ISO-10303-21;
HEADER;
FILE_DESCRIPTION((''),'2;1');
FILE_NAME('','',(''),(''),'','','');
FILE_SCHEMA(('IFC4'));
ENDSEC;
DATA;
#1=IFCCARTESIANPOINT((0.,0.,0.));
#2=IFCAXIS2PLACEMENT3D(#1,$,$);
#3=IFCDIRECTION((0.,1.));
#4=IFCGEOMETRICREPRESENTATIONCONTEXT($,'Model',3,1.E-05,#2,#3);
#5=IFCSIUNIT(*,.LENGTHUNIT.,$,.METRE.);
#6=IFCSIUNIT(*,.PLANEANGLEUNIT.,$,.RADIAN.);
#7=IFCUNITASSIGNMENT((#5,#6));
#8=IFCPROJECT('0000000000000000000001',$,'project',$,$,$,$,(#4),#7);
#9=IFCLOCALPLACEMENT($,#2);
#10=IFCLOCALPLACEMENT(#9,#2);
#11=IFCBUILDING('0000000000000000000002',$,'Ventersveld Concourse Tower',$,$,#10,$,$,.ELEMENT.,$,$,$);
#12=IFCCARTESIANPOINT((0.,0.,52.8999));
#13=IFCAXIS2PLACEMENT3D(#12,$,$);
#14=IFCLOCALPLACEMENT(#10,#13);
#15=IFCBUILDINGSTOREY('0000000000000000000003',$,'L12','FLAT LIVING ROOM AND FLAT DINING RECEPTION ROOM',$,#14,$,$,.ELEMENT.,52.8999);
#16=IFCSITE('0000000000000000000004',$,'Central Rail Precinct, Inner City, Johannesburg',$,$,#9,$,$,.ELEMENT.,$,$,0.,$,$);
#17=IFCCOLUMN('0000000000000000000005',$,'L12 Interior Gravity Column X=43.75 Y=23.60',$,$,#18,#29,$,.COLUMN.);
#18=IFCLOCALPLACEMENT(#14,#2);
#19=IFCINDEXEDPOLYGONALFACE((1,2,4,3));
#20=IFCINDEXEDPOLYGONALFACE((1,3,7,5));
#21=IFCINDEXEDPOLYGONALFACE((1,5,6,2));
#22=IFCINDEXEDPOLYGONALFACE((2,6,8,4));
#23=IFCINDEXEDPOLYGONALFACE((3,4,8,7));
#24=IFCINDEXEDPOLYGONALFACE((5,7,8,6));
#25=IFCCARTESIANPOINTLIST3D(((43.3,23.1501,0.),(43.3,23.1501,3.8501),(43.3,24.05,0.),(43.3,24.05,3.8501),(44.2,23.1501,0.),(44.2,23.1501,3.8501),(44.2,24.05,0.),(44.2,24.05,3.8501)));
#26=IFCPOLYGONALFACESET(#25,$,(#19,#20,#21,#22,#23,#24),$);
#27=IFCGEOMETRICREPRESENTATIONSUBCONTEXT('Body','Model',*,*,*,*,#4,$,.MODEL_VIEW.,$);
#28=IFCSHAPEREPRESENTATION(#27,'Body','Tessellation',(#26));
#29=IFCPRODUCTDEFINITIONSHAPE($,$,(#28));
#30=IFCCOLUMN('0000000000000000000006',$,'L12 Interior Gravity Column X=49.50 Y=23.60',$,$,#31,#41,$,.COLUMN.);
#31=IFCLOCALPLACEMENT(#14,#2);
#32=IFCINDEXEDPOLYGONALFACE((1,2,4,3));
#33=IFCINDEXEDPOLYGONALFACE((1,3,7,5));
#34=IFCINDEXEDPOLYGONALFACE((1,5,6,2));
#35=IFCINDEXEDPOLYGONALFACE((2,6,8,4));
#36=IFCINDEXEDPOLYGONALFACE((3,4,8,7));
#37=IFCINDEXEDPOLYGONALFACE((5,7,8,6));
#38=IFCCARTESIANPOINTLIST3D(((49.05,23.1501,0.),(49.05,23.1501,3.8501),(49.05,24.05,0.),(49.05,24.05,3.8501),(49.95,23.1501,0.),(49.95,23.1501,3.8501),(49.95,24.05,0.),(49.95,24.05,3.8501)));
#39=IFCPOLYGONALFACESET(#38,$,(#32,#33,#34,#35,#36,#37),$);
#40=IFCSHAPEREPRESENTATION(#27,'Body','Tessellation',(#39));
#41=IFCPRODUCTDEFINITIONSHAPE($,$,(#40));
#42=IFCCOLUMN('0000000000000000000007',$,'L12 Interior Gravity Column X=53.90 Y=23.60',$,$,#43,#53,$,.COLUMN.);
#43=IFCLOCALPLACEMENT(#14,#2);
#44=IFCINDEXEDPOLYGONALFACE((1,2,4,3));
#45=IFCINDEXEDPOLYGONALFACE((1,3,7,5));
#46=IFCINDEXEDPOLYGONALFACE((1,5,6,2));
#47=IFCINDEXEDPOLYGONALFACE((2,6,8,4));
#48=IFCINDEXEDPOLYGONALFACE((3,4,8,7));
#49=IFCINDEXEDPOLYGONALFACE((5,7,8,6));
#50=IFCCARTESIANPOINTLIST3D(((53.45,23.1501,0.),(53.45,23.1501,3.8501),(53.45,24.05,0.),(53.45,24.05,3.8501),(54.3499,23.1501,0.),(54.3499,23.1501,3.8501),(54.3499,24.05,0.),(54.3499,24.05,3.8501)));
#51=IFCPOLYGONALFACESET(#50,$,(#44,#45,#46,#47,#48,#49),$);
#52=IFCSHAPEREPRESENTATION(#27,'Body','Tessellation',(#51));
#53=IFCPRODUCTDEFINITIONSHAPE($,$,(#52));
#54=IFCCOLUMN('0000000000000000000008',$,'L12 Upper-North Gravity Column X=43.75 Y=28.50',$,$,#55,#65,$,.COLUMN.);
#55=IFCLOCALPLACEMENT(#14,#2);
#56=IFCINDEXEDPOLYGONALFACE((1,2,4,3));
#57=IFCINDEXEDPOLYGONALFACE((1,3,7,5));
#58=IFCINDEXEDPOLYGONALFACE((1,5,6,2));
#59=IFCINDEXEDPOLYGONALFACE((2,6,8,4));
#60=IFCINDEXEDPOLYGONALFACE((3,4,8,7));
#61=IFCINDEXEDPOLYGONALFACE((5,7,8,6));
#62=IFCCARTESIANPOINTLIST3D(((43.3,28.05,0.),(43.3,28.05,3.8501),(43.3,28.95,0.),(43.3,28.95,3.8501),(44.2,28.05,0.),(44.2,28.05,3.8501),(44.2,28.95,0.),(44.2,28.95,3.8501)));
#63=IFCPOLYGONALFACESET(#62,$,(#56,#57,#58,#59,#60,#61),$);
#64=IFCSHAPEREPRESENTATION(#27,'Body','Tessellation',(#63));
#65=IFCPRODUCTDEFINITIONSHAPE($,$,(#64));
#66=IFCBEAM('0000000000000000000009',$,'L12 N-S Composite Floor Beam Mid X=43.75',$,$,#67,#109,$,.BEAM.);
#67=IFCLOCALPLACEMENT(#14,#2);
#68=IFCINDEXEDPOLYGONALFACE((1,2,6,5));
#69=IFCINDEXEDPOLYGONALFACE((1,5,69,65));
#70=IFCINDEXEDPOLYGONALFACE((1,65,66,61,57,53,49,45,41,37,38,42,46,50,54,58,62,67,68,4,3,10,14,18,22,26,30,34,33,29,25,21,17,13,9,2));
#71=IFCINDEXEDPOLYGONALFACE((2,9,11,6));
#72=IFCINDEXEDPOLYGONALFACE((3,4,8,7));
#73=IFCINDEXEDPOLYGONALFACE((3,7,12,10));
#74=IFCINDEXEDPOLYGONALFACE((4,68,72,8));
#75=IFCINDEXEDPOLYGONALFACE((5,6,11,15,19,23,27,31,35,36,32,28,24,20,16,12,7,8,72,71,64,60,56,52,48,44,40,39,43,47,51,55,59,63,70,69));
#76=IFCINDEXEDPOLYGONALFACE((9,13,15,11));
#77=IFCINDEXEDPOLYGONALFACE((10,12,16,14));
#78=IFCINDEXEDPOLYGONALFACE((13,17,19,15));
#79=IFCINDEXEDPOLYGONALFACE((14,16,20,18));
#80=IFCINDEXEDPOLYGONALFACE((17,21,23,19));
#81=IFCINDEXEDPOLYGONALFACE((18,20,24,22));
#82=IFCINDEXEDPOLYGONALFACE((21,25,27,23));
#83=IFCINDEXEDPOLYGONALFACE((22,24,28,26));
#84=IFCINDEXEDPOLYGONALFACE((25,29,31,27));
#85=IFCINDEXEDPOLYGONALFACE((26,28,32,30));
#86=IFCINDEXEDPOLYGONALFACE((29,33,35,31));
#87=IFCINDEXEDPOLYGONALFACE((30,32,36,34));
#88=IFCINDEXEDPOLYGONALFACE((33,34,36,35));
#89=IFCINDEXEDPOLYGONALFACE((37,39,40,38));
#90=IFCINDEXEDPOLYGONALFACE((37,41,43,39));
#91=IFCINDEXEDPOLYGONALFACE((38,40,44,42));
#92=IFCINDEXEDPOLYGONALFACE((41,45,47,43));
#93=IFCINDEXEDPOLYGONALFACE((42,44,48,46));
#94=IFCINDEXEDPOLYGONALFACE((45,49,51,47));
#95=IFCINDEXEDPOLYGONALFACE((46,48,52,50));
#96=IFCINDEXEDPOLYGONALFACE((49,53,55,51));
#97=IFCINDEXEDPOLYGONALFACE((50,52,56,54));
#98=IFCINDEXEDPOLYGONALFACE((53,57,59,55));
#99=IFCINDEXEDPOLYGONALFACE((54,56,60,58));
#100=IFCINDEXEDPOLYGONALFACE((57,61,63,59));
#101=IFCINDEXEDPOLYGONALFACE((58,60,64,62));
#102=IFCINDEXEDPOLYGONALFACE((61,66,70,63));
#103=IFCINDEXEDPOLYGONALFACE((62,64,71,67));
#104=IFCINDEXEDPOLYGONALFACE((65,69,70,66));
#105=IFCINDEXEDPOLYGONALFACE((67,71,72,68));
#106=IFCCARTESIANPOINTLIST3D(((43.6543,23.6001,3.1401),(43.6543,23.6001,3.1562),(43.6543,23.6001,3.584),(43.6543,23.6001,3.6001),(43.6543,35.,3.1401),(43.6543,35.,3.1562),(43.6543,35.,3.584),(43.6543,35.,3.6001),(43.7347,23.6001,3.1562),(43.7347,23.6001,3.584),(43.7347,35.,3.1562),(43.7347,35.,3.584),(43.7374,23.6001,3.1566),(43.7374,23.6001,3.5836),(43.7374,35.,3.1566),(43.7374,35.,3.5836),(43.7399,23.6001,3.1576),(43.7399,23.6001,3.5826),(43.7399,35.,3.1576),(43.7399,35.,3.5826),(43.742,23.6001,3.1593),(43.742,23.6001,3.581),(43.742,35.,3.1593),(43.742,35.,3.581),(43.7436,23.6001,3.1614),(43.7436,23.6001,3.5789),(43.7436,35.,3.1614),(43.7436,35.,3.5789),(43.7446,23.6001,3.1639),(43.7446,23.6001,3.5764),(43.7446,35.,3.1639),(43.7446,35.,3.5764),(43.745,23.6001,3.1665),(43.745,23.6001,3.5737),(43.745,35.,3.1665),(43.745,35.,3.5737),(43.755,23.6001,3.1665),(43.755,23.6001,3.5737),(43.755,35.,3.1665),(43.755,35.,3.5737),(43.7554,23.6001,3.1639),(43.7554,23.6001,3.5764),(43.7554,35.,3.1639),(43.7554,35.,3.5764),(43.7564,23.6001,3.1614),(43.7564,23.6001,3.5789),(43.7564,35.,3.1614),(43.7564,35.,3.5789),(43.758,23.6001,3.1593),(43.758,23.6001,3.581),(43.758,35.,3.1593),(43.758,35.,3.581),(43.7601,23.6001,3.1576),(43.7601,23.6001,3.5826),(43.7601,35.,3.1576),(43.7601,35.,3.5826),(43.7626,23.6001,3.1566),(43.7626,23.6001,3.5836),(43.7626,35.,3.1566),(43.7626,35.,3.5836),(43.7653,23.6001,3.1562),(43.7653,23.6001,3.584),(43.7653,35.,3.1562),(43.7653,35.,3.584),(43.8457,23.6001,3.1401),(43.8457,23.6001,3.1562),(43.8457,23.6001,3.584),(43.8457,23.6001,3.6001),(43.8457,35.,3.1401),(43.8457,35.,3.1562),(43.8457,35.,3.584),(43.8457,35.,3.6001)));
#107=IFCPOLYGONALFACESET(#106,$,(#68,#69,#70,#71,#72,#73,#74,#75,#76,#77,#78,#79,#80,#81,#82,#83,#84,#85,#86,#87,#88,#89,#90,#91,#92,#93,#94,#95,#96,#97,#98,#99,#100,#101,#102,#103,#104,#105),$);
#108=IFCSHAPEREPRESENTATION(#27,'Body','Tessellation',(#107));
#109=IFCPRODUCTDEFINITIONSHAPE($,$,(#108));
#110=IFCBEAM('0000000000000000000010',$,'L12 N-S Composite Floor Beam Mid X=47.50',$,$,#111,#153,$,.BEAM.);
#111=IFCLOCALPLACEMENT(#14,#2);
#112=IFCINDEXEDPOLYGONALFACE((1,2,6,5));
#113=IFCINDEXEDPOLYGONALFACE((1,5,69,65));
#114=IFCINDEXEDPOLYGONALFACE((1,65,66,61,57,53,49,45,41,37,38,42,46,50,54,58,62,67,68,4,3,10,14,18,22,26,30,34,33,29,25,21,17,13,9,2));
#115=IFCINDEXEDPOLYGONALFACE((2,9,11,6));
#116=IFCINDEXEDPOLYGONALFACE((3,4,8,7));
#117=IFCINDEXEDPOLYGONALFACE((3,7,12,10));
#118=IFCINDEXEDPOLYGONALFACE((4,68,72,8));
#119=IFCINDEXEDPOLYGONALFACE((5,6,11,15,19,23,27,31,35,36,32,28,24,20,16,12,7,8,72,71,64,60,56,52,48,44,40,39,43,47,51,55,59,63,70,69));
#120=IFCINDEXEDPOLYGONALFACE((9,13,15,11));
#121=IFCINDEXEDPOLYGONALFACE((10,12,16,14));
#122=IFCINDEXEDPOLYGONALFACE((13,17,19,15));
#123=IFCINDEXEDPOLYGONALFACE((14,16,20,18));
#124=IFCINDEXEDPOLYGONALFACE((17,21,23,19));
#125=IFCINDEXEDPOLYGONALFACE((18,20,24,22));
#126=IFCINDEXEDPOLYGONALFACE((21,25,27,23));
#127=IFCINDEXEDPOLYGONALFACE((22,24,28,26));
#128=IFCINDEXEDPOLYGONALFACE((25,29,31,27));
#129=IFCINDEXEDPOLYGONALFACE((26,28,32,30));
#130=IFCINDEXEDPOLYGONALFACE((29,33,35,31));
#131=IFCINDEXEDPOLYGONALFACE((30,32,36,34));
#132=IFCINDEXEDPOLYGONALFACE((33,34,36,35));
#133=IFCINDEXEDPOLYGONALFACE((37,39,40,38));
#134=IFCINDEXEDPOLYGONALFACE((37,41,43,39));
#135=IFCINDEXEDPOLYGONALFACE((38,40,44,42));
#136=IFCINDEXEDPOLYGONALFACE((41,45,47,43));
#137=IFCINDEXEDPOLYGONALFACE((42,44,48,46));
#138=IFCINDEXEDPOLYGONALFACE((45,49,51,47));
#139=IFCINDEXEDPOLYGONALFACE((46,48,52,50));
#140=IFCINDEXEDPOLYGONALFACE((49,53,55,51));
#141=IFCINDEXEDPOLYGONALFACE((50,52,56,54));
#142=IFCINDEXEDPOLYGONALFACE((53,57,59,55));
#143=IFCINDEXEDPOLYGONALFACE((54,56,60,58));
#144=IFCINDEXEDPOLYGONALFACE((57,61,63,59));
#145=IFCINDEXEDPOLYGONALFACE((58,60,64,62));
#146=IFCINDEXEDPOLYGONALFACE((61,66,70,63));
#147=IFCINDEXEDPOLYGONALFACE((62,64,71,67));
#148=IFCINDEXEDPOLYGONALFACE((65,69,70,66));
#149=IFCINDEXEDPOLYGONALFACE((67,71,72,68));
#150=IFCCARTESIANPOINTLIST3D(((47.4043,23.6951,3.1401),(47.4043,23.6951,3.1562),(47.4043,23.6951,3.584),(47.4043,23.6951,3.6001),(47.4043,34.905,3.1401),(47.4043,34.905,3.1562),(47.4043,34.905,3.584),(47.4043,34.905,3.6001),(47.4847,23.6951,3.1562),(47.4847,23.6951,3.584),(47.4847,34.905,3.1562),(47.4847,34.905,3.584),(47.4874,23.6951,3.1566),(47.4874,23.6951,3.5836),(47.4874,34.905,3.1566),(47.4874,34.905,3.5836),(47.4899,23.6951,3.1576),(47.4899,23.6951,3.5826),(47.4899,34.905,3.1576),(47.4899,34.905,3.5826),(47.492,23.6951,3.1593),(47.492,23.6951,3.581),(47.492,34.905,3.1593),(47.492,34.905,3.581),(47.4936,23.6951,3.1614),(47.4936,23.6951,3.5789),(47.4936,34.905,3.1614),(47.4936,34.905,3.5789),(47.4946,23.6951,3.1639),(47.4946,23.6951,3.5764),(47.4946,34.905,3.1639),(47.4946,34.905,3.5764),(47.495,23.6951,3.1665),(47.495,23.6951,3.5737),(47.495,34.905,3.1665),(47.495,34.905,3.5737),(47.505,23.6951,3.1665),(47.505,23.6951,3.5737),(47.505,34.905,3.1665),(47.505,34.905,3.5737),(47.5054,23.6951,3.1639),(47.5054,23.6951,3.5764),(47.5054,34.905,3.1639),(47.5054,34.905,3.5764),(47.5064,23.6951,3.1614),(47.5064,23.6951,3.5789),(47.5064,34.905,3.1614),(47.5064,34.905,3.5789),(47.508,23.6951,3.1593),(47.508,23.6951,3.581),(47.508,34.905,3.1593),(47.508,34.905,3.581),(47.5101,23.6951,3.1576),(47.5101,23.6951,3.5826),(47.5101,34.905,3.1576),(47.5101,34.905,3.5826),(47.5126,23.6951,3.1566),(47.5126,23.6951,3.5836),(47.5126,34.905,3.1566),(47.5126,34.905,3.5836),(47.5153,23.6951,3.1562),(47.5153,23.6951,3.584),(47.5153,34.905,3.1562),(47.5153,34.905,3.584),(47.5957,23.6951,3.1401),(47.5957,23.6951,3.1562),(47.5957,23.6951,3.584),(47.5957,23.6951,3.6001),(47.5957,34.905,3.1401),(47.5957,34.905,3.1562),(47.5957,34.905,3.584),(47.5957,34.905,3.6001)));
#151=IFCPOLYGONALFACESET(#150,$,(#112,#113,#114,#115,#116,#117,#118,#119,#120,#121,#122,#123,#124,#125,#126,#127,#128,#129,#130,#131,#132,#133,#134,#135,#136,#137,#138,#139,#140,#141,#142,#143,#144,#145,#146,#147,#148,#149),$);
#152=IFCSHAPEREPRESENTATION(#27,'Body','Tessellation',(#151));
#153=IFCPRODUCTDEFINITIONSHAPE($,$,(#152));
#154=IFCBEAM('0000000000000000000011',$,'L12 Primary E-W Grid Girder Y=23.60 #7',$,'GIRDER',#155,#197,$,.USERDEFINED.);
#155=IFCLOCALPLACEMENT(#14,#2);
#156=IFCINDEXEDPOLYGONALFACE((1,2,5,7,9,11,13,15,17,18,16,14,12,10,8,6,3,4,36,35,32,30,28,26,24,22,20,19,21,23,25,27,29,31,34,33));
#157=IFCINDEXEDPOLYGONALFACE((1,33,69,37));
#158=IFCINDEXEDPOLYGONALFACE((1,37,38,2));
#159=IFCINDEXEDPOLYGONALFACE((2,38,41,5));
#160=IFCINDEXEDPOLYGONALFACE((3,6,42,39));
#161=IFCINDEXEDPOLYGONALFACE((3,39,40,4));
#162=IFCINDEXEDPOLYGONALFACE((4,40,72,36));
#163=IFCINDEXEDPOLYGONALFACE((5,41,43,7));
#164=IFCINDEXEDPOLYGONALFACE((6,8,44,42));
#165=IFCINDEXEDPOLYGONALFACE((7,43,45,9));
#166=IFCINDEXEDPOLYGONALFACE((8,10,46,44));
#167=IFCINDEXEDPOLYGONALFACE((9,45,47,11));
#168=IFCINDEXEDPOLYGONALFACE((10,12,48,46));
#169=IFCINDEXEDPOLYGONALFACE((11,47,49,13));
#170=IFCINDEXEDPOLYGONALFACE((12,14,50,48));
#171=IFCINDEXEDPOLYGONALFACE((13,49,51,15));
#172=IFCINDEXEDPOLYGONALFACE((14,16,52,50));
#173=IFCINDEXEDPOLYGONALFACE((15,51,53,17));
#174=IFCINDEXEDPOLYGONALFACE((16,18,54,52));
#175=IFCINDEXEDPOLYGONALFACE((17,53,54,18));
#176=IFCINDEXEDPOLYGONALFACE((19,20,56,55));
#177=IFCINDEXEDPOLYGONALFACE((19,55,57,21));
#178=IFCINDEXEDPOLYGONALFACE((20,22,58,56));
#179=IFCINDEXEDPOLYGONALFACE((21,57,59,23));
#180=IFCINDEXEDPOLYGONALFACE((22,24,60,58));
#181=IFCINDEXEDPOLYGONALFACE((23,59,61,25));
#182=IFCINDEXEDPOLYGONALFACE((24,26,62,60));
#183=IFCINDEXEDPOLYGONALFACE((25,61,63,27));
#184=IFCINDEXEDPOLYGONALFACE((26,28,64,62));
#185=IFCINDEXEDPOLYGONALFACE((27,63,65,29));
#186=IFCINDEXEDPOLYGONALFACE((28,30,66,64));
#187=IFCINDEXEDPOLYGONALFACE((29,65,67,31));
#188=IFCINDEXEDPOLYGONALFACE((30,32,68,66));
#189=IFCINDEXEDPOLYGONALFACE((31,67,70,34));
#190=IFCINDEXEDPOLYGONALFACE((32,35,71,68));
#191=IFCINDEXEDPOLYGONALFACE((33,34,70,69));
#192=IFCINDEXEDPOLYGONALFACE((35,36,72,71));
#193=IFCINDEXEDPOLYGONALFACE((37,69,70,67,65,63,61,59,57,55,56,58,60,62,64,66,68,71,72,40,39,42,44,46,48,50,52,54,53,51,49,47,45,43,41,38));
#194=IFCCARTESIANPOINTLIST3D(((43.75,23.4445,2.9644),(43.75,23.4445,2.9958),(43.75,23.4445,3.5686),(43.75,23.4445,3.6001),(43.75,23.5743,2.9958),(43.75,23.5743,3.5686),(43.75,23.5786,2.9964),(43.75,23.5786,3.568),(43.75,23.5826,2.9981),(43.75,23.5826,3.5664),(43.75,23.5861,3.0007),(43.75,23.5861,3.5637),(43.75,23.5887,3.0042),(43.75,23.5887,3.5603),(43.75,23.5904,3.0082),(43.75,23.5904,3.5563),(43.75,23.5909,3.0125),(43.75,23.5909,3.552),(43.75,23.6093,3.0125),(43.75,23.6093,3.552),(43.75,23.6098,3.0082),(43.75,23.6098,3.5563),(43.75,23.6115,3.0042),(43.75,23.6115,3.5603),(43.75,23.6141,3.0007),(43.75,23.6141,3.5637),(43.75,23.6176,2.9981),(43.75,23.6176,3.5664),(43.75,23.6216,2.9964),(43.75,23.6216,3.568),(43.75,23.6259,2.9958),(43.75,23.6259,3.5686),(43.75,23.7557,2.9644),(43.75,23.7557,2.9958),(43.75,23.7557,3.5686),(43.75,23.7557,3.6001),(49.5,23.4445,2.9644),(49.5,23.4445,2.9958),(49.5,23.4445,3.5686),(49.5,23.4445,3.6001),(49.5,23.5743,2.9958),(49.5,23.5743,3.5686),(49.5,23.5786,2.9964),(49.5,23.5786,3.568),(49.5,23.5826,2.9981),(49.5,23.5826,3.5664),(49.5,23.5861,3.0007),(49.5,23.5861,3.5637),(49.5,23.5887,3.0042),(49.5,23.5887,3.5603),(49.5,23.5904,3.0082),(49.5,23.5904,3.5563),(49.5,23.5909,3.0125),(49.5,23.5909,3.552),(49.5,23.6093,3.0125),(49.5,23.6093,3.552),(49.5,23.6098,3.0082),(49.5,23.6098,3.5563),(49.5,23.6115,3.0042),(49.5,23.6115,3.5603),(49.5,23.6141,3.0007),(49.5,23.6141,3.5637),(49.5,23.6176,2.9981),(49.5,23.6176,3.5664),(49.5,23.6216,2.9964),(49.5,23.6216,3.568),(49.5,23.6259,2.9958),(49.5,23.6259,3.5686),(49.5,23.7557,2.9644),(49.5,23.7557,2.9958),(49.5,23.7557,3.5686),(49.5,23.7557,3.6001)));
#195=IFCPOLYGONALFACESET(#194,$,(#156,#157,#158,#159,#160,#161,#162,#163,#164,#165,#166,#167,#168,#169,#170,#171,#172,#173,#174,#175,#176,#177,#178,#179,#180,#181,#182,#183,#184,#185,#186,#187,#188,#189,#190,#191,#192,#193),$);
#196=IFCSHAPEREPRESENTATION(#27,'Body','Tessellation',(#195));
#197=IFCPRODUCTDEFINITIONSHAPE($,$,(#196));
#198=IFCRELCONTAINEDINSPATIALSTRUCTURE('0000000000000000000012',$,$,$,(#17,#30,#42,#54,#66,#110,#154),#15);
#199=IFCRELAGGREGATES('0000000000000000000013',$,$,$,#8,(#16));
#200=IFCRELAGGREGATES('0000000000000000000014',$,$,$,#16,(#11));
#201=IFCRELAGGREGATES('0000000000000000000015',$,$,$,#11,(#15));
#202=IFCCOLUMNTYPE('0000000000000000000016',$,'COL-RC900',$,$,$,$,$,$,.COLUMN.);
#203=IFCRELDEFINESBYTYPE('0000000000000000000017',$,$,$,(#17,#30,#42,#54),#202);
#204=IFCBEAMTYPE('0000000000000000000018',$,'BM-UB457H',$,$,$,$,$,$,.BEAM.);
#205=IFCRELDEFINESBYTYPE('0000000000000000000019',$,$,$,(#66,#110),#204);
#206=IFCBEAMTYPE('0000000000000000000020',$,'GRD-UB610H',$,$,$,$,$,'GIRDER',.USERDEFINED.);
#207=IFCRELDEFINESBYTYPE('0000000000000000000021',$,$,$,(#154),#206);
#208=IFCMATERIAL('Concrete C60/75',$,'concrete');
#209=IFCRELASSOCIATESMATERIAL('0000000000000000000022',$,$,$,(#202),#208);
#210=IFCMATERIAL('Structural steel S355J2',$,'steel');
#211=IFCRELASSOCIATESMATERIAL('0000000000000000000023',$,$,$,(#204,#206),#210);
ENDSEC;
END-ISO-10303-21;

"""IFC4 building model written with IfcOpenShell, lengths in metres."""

from ifc_helpers import new_model, si_unit, direction, frame, origin, origin_2d, place, context, subcontext, project, spatial, rectangle, i_section, extrude, material, material_profile, profile_set, type_object, element, save


model = new_model("IFC4")

# Units and contexts
model_context = context("Model", 3, precision=1e-05, world=origin(), true_north=direction((0.0, 1.0)))
body_context = subcontext(model_context, "Body", "Model", "MODEL_VIEW")
ifc_project = project(units=[si_unit("LENGTHUNIT", "METRE"), si_unit("PLANEANGLEUNIT", "RADIAN")], contexts=[model_context])

# Site, building, storey
site_placement = place(None, origin())
site = spatial("IfcSite", under=ifc_project, at=site_placement, Name="Central Rail Precinct, Inner City, Johannesburg", CompositionType="ELEMENT", RefElevation=0.0)
building_placement = place(site_placement, origin())
building = spatial("IfcBuilding", under=site, at=building_placement, Name="Ventersveld Concourse Tower", CompositionType="ELEMENT")
storey_placement = place(building_placement, frame((0.0, 0.0, 52.8999)))
storey = spatial("IfcBuildingStorey", under=building, at=storey_placement, Name="L12", Description="FLAT LIVING ROOM AND FLAT DINING RECEPTION ROOM", CompositionType="ELEMENT", Elevation=52.8999)

# Columns
ifc_material_1 = material(Name="Concrete C60/75", Category="concrete")
ifc_material_profile_1 = material_profile(ifc_material_1, rectangle(XDim=0.8999, YDim=0.8999, at=origin_2d()), Name="RC 900x900")
ifc_profile_set_1 = profile_set([ifc_material_profile_1], Name="Concrete C60/75")
column_type = type_object("IfcColumnType", Name="COL-RC900", PredefinedType="COLUMN", material=ifc_profile_set_1)
for number, where, z_axis, x_axis, name in (
    (1, (43.75, 23.6001, 0.0), (0.0, 0.0, 1.0), (1.0, 0.0, 0.0), "L12 Interior Gravity Column X=43.75 Y=23.60"),
    (2, (49.5, 23.6001, 0.0), (0.0, 0.0, 1.0), (1.0, 0.0, 0.0), "L12 Interior Gravity Column X=49.50 Y=23.60"),
    (3, (53.8999, 23.6001, 0.0), (0.0, 0.0, 1.0), (1.0, 0.0, 0.0), "L12 Interior Gravity Column X=53.90 Y=23.60"),
    (4, (43.75, 28.5, 0.0), (0.0, 0.0, 1.0), (1.0, 0.0, 0.0), "L12 Upper-North Gravity Column X=43.75 Y=28.50"),
):
    element("IfcColumn", number, at=place(storey_placement, frame(where, z_axis=z_axis, x_axis=x_axis)), inside=storey, type_object=column_type, Name=name, PredefinedType="COLUMN", context=body_context, shape_type="SweptSolid", body=[
        extrude(rectangle(XDim=0.8999, YDim=0.8999, at=origin_2d()), origin(), (0.0, 0.0, 1.0), 3.8501),
    ])

# Beams
ifc_material_2 = material(Name="Structural steel S355J2", Category="steel")
ifc_material_profile_2 = material_profile(ifc_material_2, i_section(OverallWidth=0.1914, OverallDepth=0.46, WebThickness=0.01, FlangeThickness=0.0161, FilletRadius=0.0103, at=origin_2d()), Name="UB 457x191x82")
ifc_profile_set_2 = profile_set([ifc_material_profile_2], Name="Structural steel S355J2")
beam_type_1 = type_object("IfcBeamType", Name="BM-UB457H", PredefinedType="BEAM", material=ifc_profile_set_2)
beam_1_placement = place(storey_placement, frame((43.75, 23.6001, 3.3701), z_axis=(0.0, 1.0, 0.0), x_axis=(-1.0, 0.0, 0.0)))
element("IfcBeam", 5, at=beam_1_placement, inside=storey, type_object=beam_type_1, Name="L12 N-S Composite Floor Beam Mid X=43.75", PredefinedType="BEAM", context=body_context, shape_type="SweptSolid", body=[
    extrude(i_section(OverallWidth=0.1914, OverallDepth=0.46, WebThickness=0.01, FlangeThickness=0.0161, FilletRadius=0.0103, at=origin_2d()), origin(), (0.0, 0.0, 1.0), 11.3999),
])
beam_2_placement = place(storey_placement, frame((47.5, 23.6951, 3.3701), z_axis=(0.0, 1.0, 0.0), x_axis=(-1.0, 0.0, 0.0)))
element("IfcBeam", 6, at=beam_2_placement, inside=storey, type_object=beam_type_1, Name="L12 N-S Composite Floor Beam Mid X=47.50", PredefinedType="BEAM", context=body_context, shape_type="SweptSolid", body=[
    extrude(i_section(OverallWidth=0.1914, OverallDepth=0.46, WebThickness=0.01, FlangeThickness=0.0161, FilletRadius=0.0103, at=origin_2d()), origin(), (0.0, 0.0, 1.0), 11.21),
])
ifc_material_profile_3 = material_profile(ifc_material_2, i_section(OverallWidth=0.3113, OverallDepth=0.6357, WebThickness=0.0183, FlangeThickness=0.0315, FilletRadius=0.0166, at=origin_2d()), Name="UB 610x305x238")
ifc_profile_set_3 = profile_set([ifc_material_profile_3], Name="Structural steel S355J2")
beam_type_2 = type_object("IfcBeamType", Name="GRD-UB610H", ElementType="GIRDER", PredefinedType="USERDEFINED", material=ifc_profile_set_3)
beam_3_placement = place(storey_placement, frame((43.75, 23.6001, 3.2822), z_axis=(1.0, 0.0, 0.0), x_axis=(0.0, 1.0, 0.0)))
element("IfcBeam", 7, at=beam_3_placement, inside=storey, type_object=beam_type_2, Name="L12 Primary E-W Grid Girder Y=23.60 #7", ObjectType="GIRDER", PredefinedType="USERDEFINED", context=body_context, shape_type="SweptSolid", body=[
    extrude(i_section(OverallWidth=0.3113, OverallDepth=0.6357, WebThickness=0.0183, FlangeThickness=0.0315, FilletRadius=0.0166, at=origin_2d()), origin(), (0.0, 0.0, 1.0), 5.75),
])

save(model, "model.ifc")
